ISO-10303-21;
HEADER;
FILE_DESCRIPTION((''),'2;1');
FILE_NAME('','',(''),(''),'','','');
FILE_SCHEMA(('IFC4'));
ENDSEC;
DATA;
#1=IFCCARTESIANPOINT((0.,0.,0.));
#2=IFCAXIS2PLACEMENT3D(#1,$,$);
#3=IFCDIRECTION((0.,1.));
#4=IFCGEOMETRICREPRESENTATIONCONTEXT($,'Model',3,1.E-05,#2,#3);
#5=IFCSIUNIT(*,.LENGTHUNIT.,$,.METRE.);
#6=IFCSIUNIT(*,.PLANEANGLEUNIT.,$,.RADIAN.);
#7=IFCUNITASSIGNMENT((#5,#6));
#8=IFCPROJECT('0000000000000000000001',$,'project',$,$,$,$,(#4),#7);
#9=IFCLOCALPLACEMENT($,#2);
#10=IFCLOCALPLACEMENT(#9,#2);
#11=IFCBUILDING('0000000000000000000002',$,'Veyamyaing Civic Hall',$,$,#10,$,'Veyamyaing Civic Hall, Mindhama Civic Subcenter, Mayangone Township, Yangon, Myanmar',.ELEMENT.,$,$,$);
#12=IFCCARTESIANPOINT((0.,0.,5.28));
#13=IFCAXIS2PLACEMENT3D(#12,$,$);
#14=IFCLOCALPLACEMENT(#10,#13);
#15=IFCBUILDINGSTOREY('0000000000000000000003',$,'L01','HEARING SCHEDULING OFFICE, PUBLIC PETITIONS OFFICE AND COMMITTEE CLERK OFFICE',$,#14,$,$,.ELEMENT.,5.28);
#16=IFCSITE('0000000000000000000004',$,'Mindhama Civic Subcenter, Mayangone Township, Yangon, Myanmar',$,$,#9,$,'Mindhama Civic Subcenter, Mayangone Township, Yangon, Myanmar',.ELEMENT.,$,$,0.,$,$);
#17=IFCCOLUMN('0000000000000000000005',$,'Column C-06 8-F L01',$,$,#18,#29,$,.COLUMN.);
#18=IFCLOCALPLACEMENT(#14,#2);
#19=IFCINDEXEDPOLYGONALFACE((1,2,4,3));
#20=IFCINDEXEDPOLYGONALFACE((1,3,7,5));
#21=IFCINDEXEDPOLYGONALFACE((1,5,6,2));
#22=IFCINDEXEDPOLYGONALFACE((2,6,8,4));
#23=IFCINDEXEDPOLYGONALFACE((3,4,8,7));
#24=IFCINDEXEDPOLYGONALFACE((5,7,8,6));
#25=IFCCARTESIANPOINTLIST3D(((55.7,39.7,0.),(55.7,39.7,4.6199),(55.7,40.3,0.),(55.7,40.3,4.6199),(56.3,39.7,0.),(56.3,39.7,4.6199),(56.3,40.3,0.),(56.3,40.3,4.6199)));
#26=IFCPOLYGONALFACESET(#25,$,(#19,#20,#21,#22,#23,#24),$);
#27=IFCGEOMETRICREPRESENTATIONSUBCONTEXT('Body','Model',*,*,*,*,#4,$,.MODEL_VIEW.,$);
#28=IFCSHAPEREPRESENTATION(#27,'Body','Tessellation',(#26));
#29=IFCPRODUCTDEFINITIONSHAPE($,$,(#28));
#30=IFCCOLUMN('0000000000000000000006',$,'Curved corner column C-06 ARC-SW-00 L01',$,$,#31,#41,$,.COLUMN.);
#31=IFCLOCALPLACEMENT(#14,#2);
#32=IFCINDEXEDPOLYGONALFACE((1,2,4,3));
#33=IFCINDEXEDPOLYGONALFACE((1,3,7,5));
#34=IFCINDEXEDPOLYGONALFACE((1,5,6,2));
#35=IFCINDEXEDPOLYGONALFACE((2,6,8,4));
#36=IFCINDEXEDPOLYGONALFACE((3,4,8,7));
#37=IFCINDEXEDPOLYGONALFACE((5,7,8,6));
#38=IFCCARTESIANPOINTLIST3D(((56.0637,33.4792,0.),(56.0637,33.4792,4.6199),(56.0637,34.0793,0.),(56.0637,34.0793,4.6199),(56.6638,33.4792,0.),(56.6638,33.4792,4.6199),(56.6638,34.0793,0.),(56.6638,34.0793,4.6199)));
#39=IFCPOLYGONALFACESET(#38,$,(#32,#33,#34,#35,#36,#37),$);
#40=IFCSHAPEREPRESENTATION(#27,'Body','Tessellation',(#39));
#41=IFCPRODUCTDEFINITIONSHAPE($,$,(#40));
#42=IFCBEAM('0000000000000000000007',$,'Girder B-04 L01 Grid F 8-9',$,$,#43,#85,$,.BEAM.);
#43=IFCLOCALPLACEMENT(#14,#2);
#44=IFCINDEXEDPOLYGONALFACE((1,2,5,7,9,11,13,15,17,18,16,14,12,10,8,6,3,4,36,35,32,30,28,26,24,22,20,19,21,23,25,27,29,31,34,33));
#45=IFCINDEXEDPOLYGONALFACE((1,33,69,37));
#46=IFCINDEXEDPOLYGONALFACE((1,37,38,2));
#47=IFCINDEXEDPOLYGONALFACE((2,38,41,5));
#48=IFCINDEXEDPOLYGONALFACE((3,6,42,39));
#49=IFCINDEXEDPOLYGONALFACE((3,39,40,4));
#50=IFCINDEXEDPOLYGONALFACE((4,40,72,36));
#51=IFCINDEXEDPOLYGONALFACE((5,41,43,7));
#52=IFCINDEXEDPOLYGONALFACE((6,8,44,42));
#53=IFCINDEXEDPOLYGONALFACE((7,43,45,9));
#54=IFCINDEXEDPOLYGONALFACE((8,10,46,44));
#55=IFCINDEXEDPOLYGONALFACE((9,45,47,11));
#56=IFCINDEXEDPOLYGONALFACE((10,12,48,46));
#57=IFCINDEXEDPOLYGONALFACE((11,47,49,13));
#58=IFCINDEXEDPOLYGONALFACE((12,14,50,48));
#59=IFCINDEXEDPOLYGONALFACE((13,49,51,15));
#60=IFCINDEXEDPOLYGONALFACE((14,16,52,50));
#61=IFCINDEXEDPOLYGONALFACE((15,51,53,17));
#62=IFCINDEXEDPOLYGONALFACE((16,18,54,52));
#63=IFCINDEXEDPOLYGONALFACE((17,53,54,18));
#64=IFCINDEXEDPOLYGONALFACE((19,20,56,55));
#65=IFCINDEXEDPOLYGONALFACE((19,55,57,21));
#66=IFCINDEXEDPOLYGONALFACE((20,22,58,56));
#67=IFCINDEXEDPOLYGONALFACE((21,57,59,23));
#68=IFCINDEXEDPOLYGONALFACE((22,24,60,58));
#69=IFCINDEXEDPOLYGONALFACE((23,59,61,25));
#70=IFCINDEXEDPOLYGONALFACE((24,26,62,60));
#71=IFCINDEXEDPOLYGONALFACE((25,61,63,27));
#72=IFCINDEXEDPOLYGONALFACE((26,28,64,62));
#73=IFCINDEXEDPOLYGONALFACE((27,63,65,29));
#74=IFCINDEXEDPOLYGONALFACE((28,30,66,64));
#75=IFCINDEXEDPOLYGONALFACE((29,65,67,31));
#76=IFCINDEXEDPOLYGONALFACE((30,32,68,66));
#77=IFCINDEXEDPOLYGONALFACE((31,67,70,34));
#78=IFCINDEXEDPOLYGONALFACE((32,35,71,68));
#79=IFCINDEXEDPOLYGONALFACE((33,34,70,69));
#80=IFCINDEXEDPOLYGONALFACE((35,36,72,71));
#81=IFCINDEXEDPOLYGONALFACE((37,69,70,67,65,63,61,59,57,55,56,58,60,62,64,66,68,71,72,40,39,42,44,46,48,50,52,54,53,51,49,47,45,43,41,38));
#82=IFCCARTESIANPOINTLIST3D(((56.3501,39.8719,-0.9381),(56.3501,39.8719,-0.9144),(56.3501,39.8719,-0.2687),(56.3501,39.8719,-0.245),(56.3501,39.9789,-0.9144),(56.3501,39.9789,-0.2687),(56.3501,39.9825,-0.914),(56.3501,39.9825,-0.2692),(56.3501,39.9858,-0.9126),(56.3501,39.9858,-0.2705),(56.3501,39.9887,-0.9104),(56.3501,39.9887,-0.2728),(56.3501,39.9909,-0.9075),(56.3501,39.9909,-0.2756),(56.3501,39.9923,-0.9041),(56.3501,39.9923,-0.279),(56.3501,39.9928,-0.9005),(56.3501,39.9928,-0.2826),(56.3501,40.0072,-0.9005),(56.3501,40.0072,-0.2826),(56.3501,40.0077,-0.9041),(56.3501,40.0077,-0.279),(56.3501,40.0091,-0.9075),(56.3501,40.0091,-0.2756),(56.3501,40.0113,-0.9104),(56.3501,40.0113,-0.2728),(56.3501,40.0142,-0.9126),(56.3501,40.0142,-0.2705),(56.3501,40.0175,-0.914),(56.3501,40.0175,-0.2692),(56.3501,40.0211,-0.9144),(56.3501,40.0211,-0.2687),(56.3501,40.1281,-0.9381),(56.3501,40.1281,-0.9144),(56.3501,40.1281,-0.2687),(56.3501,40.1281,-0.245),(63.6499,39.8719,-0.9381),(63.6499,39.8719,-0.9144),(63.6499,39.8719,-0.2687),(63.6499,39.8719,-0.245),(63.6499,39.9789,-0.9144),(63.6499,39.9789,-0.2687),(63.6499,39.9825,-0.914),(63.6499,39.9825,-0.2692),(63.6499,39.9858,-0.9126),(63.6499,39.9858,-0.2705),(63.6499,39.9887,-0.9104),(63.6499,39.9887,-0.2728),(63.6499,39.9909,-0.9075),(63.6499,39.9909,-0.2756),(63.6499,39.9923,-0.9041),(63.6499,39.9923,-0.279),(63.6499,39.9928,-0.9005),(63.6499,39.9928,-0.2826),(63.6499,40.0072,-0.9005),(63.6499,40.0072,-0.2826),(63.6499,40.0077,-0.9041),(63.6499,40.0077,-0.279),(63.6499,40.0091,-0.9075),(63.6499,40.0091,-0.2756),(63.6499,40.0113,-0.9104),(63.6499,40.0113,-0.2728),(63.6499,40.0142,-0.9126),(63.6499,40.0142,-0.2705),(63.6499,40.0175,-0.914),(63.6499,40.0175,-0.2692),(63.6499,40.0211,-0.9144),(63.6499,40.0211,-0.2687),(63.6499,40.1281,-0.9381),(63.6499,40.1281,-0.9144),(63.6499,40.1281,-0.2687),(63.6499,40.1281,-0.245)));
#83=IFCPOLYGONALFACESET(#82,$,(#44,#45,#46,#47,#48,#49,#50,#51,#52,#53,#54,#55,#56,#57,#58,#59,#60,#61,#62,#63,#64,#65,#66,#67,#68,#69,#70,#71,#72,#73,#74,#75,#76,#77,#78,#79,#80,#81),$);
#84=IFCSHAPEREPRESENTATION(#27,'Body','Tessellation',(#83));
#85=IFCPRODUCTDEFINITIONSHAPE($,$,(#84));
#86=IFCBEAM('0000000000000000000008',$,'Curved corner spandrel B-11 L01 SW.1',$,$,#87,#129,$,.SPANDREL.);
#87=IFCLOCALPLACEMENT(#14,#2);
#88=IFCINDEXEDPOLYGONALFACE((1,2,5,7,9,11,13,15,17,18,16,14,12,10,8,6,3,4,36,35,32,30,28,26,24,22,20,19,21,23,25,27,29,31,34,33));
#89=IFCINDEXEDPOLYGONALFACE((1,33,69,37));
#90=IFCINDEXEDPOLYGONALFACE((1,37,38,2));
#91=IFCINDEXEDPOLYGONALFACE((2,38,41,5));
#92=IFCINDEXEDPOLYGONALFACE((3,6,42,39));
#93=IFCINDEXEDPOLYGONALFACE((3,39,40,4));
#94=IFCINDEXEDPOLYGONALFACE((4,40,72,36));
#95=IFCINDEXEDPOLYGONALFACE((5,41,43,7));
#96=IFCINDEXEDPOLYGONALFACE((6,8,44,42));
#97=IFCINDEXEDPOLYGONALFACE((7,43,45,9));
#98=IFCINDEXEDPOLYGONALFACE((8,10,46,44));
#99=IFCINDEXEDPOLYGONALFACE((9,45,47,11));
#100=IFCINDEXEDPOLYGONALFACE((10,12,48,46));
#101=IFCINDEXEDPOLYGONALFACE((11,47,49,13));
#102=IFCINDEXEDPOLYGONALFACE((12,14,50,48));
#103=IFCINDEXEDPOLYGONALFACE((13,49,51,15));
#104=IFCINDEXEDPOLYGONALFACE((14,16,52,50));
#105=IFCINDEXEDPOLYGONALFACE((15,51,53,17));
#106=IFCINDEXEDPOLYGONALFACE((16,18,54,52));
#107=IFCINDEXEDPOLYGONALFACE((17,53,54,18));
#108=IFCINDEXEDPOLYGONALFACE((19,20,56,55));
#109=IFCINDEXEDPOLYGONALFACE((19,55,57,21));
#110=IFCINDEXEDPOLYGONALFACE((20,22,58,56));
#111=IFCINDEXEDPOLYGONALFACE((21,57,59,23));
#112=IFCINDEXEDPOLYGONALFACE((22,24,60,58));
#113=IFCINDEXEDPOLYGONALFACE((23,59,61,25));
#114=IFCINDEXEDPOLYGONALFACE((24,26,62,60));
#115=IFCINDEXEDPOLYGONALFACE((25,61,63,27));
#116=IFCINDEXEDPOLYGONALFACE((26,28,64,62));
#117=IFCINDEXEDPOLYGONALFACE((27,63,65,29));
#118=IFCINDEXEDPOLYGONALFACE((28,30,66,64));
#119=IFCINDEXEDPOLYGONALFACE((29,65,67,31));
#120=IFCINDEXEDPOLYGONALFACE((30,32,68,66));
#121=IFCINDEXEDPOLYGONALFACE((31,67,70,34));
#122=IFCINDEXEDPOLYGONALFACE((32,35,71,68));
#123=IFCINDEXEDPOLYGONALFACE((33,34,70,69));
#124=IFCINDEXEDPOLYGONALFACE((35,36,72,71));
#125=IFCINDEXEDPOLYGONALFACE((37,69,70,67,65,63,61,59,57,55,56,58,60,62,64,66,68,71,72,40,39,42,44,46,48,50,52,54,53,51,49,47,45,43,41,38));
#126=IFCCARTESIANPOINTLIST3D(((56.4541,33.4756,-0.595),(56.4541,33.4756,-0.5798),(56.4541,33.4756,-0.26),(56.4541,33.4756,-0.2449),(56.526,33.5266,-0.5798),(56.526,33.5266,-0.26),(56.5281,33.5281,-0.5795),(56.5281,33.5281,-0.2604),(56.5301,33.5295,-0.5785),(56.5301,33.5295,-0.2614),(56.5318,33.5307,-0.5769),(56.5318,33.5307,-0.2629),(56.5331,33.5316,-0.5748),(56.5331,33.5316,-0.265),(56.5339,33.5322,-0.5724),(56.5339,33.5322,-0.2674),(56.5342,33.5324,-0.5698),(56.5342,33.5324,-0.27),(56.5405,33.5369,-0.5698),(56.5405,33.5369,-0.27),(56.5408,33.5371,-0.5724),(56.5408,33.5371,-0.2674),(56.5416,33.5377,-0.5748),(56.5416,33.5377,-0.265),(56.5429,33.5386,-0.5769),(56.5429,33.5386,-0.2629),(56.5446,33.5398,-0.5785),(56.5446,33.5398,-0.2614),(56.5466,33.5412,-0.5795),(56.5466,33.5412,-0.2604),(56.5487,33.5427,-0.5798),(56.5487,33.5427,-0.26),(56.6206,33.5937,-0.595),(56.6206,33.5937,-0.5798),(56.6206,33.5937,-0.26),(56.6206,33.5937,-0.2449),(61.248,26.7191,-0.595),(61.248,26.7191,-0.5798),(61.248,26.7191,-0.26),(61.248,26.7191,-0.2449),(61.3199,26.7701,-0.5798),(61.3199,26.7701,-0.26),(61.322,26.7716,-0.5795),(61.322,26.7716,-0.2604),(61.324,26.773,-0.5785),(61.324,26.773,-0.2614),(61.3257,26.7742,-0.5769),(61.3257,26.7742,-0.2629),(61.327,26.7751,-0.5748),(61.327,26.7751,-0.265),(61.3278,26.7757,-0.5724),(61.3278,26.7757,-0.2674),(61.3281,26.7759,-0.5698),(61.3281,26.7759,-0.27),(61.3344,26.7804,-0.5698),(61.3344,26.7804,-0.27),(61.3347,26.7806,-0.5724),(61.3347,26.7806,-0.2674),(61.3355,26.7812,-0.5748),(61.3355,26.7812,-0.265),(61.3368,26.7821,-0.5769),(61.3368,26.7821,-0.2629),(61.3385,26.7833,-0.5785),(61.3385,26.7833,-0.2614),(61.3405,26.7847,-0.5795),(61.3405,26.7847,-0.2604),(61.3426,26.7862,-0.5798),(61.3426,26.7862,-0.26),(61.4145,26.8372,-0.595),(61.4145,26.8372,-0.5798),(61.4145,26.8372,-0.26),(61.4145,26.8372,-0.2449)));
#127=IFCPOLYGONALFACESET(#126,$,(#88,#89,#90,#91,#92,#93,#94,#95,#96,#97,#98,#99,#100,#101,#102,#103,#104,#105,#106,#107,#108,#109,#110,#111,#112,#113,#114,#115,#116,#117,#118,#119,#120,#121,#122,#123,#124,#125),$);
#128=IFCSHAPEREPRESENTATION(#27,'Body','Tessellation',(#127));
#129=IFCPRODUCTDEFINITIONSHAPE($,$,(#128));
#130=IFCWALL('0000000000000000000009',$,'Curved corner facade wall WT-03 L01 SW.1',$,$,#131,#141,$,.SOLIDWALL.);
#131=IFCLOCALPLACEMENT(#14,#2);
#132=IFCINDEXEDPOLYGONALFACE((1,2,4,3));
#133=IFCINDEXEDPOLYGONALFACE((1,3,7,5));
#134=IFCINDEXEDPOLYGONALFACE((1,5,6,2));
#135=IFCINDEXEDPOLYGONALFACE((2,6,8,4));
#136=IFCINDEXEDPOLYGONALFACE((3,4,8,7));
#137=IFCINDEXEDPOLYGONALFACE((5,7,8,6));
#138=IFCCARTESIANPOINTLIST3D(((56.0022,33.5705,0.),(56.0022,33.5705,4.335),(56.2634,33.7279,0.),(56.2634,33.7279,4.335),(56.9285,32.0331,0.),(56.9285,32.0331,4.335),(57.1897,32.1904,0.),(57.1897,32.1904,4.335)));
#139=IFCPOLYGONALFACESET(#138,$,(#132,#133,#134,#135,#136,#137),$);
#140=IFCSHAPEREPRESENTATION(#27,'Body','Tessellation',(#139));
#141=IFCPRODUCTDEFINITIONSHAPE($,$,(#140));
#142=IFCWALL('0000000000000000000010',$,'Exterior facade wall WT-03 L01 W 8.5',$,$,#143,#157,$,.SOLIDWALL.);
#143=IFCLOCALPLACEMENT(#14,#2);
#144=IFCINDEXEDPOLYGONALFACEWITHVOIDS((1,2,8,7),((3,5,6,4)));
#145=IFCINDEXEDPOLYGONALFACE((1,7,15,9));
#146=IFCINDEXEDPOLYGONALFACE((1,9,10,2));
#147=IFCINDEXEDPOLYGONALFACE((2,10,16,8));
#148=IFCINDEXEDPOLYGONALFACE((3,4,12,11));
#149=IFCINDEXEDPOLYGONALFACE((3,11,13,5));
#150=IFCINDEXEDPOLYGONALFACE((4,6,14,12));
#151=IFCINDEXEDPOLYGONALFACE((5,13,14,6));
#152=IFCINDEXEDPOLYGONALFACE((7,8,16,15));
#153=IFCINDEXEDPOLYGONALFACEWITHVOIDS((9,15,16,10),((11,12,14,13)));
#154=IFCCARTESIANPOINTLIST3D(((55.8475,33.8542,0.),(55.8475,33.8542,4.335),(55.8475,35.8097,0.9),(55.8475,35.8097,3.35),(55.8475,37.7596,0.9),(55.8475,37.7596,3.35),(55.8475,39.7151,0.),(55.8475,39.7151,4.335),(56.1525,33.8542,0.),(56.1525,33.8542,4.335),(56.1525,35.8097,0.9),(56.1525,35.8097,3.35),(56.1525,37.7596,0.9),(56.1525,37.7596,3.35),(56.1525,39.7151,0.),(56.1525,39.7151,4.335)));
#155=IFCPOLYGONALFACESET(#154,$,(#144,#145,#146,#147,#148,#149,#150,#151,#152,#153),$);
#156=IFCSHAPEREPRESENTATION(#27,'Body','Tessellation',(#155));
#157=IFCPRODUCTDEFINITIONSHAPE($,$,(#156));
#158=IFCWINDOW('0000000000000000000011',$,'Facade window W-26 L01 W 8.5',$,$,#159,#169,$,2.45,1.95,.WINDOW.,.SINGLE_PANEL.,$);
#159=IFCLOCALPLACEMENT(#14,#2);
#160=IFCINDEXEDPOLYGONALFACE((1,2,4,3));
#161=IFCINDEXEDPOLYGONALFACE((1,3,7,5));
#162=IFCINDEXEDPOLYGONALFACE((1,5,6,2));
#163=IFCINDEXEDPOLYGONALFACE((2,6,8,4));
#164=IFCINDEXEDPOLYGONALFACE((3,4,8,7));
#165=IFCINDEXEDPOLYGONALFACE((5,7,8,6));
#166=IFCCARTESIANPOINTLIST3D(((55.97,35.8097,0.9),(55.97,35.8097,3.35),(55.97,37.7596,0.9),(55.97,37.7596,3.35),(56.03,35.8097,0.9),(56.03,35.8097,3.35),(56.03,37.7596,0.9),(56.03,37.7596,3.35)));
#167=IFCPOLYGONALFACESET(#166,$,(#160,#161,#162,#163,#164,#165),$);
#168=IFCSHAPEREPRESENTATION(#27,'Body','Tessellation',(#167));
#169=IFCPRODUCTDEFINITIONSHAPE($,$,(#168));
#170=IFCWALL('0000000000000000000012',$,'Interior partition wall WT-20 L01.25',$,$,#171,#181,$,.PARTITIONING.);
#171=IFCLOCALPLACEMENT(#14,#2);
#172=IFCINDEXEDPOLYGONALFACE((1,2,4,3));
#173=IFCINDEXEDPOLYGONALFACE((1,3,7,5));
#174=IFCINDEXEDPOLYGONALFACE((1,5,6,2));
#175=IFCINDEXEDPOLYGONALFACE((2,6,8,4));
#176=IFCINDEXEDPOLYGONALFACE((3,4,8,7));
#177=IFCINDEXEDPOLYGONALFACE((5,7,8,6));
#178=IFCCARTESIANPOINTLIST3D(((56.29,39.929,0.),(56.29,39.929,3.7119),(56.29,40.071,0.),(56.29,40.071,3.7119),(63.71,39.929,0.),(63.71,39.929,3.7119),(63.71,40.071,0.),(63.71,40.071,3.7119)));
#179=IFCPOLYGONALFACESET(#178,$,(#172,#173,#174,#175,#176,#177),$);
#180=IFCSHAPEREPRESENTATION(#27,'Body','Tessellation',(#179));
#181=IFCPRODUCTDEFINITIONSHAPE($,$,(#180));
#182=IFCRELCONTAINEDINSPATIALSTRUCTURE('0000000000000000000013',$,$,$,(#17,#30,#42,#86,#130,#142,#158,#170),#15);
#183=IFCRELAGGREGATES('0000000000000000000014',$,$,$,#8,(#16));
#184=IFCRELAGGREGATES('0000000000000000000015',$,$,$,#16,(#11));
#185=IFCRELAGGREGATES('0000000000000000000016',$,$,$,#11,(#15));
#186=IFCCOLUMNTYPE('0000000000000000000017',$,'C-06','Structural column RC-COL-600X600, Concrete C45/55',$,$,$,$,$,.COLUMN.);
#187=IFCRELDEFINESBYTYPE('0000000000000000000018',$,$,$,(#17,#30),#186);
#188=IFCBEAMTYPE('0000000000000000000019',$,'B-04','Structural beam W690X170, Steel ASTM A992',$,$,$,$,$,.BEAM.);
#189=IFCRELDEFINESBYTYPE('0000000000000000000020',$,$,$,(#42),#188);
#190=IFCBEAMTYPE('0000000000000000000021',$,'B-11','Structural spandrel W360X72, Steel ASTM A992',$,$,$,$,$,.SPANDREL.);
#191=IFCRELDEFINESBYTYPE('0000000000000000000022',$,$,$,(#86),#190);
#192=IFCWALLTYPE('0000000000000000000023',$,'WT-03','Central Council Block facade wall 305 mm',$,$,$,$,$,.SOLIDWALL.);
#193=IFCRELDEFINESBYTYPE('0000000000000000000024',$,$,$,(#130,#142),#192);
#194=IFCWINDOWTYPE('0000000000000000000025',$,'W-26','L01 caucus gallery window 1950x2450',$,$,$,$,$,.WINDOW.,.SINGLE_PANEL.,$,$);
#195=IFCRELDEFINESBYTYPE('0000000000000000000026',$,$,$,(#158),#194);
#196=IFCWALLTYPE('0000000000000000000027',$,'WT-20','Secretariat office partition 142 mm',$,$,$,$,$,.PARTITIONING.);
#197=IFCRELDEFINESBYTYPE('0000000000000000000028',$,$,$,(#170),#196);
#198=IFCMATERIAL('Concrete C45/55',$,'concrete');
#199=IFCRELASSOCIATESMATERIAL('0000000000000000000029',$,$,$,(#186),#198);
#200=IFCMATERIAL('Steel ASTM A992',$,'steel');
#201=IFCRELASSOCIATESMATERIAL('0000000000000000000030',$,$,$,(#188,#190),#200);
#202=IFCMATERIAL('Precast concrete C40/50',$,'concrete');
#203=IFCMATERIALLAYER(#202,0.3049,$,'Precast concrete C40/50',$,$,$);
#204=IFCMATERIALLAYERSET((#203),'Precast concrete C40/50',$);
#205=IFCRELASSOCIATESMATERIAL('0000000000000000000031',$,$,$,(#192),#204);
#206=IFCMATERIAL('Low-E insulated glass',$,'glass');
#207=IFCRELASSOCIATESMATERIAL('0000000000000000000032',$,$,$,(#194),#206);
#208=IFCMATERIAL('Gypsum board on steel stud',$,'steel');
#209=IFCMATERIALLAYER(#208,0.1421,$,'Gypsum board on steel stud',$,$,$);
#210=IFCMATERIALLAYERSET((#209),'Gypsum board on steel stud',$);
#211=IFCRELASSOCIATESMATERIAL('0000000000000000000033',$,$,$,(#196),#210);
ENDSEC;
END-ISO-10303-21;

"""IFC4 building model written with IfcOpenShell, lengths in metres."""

from ifc_helpers import new_model, si_unit, direction, frame, frame_2d, origin, origin_2d, place, context, subcontext, project, spatial, rectangle, i_section, extrude, material, layer, layer_set, material_profile, profile_set, type_object, element, fill, save


model = new_model("IFC4")

# Units and contexts
model_context = context("Model", 3, precision=1e-05, world=origin(), true_north=direction((0.0, 1.0)))
body_context = subcontext(model_context, "Body", "Model", "MODEL_VIEW")
ifc_project = project(units=[si_unit("LENGTHUNIT", "METRE"), si_unit("PLANEANGLEUNIT", "RADIAN")], contexts=[model_context])

# Site, building, storey
site_placement = place(None, origin())
site = spatial("IfcSite", under=ifc_project, at=site_placement, Name="Mindhama Civic Subcenter, Mayangone Township, Yangon, Myanmar", LongName="Mindhama Civic Subcenter, Mayangone Township, Yangon, Myanmar", CompositionType="ELEMENT", RefElevation=0.0)
building_placement = place(site_placement, origin())
building = spatial("IfcBuilding", under=site, at=building_placement, Name="Veyamyaing Civic Hall", LongName="Veyamyaing Civic Hall, Mindhama Civic Subcenter, Mayangone Township, Yangon, Myanmar", CompositionType="ELEMENT")
storey_placement = place(building_placement, frame((0.0, 0.0, 5.28)))
storey = spatial("IfcBuildingStorey", under=building, at=storey_placement, Name="L01", Description="HEARING SCHEDULING OFFICE, PUBLIC PETITIONS OFFICE AND COMMITTEE CLERK OFFICE", CompositionType="ELEMENT", Elevation=5.28)

# Columns
ifc_material_1 = material(Name="Concrete C45/55", Category="concrete")
ifc_material_profile_1 = material_profile(ifc_material_1, rectangle(XDim=0.6001, YDim=0.6001, at=origin_2d()), Name="RC-COL-600X600")
ifc_profile_set_1 = profile_set([ifc_material_profile_1], Name="Concrete C45/55")
column_type = type_object("IfcColumnType", Name="C-06", Description="Structural column RC-COL-600X600, Concrete C45/55", PredefinedType="COLUMN", material=ifc_profile_set_1)
for number, where, z_axis, x_axis, name in (
    (1, (56.0, 40.0, 0.0), (0.0, 0.0, 1.0), (1.0, 0.0, 0.0), "Column C-06 8-F L01"),
    (2, (56.3638, 33.7793, 0.0), (0.0, 0.0, 1.0), (1.0, 0.0, 0.0), "Curved corner column C-06 ARC-SW-00 L01"),
):
    element("IfcColumn", number, at=place(storey_placement, frame(where, z_axis=z_axis, x_axis=x_axis)), inside=storey, type_object=column_type, Name=name, PredefinedType="COLUMN", context=body_context, shape_type="SweptSolid", body=[
        extrude(rectangle(XDim=0.6001, YDim=0.6001, at=origin_2d()), origin(), (0.0, 0.0, 1.0), 4.6199),
    ])

# Beams
ifc_material_2 = material(Name="Steel ASTM A992", Category="steel")
ifc_material_profile_2 = material_profile(ifc_material_2, i_section(OverallWidth=0.2561, OverallDepth=0.6931, WebThickness=0.0144, FlangeThickness=0.0237, FilletRadius=0.0139, at=origin_2d()), Name="W690X170")
ifc_profile_set_2 = profile_set([ifc_material_profile_2], Name="Steel ASTM A992")
beam_type_1 = type_object("IfcBeamType", Name="B-04", Description="Structural beam W690X170, Steel ASTM A992", PredefinedType="BEAM", material=ifc_profile_set_2)
beam_1_placement = place(storey_placement, frame((56.3501, 40.0, -0.5916), z_axis=(1.0, 0.0, 0.0), x_axis=(0.0, 1.0, 0.0)))
element("IfcBeam", 3, at=beam_1_placement, inside=storey, type_object=beam_type_1, Name="Girder B-04 L01 Grid F 8-9", PredefinedType="BEAM", context=body_context, shape_type="SweptSolid", body=[
    extrude(i_section(OverallWidth=0.2561, OverallDepth=0.6931, WebThickness=0.0144, FlangeThickness=0.0237, FilletRadius=0.0139, at=origin_2d()), origin(), (0.0, 0.0, 1.0), 7.2998),
])
ifc_material_profile_3 = material_profile(ifc_material_2, i_section(OverallWidth=0.2041, OverallDepth=0.3501, WebThickness=0.0078, FlangeThickness=0.0151, FilletRadius=0.01, at=origin_2d()), Name="W360X72")
ifc_profile_set_3 = profile_set([ifc_material_profile_3], Name="Steel ASTM A992")
beam_type_2 = type_object("IfcBeamType", Name="B-11", Description="Structural spandrel W360X72, Steel ASTM A992", PredefinedType="SPANDREL", material=ifc_profile_set_3)
beam_2_placement = place(storey_placement, frame((56.5374, 33.5347, -0.4199), z_axis=(0.578662, -0.815567, 0.0), x_axis=(0.815567, 0.578662, 0.0)))
element("IfcBeam", 4, at=beam_2_placement, inside=storey, type_object=beam_type_2, Name="Curved corner spandrel B-11 L01 SW.1", PredefinedType="SPANDREL", context=body_context, shape_type="SweptSolid", body=[
    extrude(i_section(OverallWidth=0.2041, OverallDepth=0.3501, WebThickness=0.0078, FlangeThickness=0.0151, FilletRadius=0.01, at=origin_2d()), origin(), (0.0, 0.0, 1.0), 8.2844),
])

# Wall
ifc_material_3 = material(Name="Precast concrete C40/50", Category="concrete")
ifc_layer_1 = layer(ifc_material_3, 0.3049, Name="Precast concrete C40/50")
ifc_layer_set_1 = layer_set([ifc_layer_1], Name="Precast concrete C40/50")
wall_type_1 = type_object("IfcWallType", Name="WT-03", Description="Central Council Block facade wall 305 mm", PredefinedType="SOLIDWALL", material=ifc_layer_set_1)
wall_1_placement = place(storey_placement, frame((56.1328, 33.6492, 0.0), z_axis=(0.0, 0.0, 1.0), x_axis=(0.516075, -0.856543, 0.0)))
element("IfcWall", 5, at=wall_1_placement, inside=storey, type_object=wall_type_1, Name="Curved corner facade wall WT-03 L01 SW.1", PredefinedType="SOLIDWALL", context=body_context, shape_type="SweptSolid", body=[
    extrude(rectangle(XDim=1.7949, YDim=0.3049, at=frame_2d((0.8975, 0.0))), origin(), (0.0, 0.0, 1.0), 4.335),
])

# Wall, opening, window
wall_2_placement = place(storey_placement, frame((56.0, 33.8542, 0.0), z_axis=(0.0, 0.0, 1.0), x_axis=(0.0, 1.0, 0.0)))
wall_2 = element("IfcWall", 6, at=wall_2_placement, inside=storey, type_object=wall_type_1, Name="Exterior facade wall WT-03 L01 W 8.5", PredefinedType="SOLIDWALL", context=body_context, shape_type="SweptSolid", body=[
    extrude(rectangle(XDim=5.8608, YDim=0.3049, at=frame_2d((2.9304, 0.0))), origin(), (0.0, 0.0, 1.0), 4.335),
])
opening_placement = place(wall_2_placement, frame((1.9553, 0.0, 0.8999)))
opening = element("IfcOpeningElement", 7, at=opening_placement, cuts=wall_2, PredefinedType="OPENING", context=body_context, shape_type="SweptSolid", body=[
    extrude(rectangle(XDim=1.95, YDim=2.45, at=frame_2d((0.9751, 1.2251))), frame((0.0, 0.1624, 0.0), z_axis=(0.0, -1.0, 0.0), x_axis=(1.0, 0.0, 0.0)), (0.0, 0.0, 1.0), 0.325),
])
ifc_material_4 = material(Name="Low-E insulated glass", Category="glass")
window_type = type_object("IfcWindowType", Name="W-26", Description="L01 caucus gallery window 1950x2450", PartitioningType="SINGLE_PANEL", PredefinedType="WINDOW", material=ifc_material_4)
window_placement = place(opening_placement, origin())
window = element("IfcWindow", 8, at=window_placement, inside=storey, type_object=window_type, Name="Facade window W-26 L01 W 8.5", OverallHeight=2.45, OverallWidth=1.95, PartitioningType="SINGLE_PANEL", PredefinedType="WINDOW", context=body_context, shape_type="SweptSolid", body=[
    extrude(rectangle(XDim=1.95, YDim=2.45, at=frame_2d((0.9751, 1.2251))), frame((0.0, 0.03, 0.0), z_axis=(0.0, -1.0, 0.0), x_axis=(1.0, 0.0, 0.0)), (0.0, 0.0, 1.0), 0.0601),
])
fill(opening, window)

# Wall
ifc_material_5 = material(Name="Gypsum board on steel stud", Category="steel")
ifc_layer_2 = layer(ifc_material_5, 0.1421, Name="Gypsum board on steel stud")
ifc_layer_set_2 = layer_set([ifc_layer_2], Name="Gypsum board on steel stud")
wall_type_2 = type_object("IfcWallType", Name="WT-20", Description="Secretariat office partition 142 mm", PredefinedType="PARTITIONING", material=ifc_layer_set_2)
wall_3_placement = place(storey_placement, frame((56.29, 40.0, 0.0), z_axis=(0.0, 0.0, 1.0), x_axis=(1.0, 0.0, 0.0)))
element("IfcWall", 9, at=wall_3_placement, inside=storey, type_object=wall_type_2, Name="Interior partition wall WT-20 L01.25", PredefinedType="PARTITIONING", context=body_context, shape_type="SweptSolid", body=[
    extrude(rectangle(XDim=7.4199, YDim=0.1421, at=frame_2d((3.71, 0.0))), origin(), (0.0, 0.0, 1.0), 3.7119),
])

save(model, "model.ifc")
